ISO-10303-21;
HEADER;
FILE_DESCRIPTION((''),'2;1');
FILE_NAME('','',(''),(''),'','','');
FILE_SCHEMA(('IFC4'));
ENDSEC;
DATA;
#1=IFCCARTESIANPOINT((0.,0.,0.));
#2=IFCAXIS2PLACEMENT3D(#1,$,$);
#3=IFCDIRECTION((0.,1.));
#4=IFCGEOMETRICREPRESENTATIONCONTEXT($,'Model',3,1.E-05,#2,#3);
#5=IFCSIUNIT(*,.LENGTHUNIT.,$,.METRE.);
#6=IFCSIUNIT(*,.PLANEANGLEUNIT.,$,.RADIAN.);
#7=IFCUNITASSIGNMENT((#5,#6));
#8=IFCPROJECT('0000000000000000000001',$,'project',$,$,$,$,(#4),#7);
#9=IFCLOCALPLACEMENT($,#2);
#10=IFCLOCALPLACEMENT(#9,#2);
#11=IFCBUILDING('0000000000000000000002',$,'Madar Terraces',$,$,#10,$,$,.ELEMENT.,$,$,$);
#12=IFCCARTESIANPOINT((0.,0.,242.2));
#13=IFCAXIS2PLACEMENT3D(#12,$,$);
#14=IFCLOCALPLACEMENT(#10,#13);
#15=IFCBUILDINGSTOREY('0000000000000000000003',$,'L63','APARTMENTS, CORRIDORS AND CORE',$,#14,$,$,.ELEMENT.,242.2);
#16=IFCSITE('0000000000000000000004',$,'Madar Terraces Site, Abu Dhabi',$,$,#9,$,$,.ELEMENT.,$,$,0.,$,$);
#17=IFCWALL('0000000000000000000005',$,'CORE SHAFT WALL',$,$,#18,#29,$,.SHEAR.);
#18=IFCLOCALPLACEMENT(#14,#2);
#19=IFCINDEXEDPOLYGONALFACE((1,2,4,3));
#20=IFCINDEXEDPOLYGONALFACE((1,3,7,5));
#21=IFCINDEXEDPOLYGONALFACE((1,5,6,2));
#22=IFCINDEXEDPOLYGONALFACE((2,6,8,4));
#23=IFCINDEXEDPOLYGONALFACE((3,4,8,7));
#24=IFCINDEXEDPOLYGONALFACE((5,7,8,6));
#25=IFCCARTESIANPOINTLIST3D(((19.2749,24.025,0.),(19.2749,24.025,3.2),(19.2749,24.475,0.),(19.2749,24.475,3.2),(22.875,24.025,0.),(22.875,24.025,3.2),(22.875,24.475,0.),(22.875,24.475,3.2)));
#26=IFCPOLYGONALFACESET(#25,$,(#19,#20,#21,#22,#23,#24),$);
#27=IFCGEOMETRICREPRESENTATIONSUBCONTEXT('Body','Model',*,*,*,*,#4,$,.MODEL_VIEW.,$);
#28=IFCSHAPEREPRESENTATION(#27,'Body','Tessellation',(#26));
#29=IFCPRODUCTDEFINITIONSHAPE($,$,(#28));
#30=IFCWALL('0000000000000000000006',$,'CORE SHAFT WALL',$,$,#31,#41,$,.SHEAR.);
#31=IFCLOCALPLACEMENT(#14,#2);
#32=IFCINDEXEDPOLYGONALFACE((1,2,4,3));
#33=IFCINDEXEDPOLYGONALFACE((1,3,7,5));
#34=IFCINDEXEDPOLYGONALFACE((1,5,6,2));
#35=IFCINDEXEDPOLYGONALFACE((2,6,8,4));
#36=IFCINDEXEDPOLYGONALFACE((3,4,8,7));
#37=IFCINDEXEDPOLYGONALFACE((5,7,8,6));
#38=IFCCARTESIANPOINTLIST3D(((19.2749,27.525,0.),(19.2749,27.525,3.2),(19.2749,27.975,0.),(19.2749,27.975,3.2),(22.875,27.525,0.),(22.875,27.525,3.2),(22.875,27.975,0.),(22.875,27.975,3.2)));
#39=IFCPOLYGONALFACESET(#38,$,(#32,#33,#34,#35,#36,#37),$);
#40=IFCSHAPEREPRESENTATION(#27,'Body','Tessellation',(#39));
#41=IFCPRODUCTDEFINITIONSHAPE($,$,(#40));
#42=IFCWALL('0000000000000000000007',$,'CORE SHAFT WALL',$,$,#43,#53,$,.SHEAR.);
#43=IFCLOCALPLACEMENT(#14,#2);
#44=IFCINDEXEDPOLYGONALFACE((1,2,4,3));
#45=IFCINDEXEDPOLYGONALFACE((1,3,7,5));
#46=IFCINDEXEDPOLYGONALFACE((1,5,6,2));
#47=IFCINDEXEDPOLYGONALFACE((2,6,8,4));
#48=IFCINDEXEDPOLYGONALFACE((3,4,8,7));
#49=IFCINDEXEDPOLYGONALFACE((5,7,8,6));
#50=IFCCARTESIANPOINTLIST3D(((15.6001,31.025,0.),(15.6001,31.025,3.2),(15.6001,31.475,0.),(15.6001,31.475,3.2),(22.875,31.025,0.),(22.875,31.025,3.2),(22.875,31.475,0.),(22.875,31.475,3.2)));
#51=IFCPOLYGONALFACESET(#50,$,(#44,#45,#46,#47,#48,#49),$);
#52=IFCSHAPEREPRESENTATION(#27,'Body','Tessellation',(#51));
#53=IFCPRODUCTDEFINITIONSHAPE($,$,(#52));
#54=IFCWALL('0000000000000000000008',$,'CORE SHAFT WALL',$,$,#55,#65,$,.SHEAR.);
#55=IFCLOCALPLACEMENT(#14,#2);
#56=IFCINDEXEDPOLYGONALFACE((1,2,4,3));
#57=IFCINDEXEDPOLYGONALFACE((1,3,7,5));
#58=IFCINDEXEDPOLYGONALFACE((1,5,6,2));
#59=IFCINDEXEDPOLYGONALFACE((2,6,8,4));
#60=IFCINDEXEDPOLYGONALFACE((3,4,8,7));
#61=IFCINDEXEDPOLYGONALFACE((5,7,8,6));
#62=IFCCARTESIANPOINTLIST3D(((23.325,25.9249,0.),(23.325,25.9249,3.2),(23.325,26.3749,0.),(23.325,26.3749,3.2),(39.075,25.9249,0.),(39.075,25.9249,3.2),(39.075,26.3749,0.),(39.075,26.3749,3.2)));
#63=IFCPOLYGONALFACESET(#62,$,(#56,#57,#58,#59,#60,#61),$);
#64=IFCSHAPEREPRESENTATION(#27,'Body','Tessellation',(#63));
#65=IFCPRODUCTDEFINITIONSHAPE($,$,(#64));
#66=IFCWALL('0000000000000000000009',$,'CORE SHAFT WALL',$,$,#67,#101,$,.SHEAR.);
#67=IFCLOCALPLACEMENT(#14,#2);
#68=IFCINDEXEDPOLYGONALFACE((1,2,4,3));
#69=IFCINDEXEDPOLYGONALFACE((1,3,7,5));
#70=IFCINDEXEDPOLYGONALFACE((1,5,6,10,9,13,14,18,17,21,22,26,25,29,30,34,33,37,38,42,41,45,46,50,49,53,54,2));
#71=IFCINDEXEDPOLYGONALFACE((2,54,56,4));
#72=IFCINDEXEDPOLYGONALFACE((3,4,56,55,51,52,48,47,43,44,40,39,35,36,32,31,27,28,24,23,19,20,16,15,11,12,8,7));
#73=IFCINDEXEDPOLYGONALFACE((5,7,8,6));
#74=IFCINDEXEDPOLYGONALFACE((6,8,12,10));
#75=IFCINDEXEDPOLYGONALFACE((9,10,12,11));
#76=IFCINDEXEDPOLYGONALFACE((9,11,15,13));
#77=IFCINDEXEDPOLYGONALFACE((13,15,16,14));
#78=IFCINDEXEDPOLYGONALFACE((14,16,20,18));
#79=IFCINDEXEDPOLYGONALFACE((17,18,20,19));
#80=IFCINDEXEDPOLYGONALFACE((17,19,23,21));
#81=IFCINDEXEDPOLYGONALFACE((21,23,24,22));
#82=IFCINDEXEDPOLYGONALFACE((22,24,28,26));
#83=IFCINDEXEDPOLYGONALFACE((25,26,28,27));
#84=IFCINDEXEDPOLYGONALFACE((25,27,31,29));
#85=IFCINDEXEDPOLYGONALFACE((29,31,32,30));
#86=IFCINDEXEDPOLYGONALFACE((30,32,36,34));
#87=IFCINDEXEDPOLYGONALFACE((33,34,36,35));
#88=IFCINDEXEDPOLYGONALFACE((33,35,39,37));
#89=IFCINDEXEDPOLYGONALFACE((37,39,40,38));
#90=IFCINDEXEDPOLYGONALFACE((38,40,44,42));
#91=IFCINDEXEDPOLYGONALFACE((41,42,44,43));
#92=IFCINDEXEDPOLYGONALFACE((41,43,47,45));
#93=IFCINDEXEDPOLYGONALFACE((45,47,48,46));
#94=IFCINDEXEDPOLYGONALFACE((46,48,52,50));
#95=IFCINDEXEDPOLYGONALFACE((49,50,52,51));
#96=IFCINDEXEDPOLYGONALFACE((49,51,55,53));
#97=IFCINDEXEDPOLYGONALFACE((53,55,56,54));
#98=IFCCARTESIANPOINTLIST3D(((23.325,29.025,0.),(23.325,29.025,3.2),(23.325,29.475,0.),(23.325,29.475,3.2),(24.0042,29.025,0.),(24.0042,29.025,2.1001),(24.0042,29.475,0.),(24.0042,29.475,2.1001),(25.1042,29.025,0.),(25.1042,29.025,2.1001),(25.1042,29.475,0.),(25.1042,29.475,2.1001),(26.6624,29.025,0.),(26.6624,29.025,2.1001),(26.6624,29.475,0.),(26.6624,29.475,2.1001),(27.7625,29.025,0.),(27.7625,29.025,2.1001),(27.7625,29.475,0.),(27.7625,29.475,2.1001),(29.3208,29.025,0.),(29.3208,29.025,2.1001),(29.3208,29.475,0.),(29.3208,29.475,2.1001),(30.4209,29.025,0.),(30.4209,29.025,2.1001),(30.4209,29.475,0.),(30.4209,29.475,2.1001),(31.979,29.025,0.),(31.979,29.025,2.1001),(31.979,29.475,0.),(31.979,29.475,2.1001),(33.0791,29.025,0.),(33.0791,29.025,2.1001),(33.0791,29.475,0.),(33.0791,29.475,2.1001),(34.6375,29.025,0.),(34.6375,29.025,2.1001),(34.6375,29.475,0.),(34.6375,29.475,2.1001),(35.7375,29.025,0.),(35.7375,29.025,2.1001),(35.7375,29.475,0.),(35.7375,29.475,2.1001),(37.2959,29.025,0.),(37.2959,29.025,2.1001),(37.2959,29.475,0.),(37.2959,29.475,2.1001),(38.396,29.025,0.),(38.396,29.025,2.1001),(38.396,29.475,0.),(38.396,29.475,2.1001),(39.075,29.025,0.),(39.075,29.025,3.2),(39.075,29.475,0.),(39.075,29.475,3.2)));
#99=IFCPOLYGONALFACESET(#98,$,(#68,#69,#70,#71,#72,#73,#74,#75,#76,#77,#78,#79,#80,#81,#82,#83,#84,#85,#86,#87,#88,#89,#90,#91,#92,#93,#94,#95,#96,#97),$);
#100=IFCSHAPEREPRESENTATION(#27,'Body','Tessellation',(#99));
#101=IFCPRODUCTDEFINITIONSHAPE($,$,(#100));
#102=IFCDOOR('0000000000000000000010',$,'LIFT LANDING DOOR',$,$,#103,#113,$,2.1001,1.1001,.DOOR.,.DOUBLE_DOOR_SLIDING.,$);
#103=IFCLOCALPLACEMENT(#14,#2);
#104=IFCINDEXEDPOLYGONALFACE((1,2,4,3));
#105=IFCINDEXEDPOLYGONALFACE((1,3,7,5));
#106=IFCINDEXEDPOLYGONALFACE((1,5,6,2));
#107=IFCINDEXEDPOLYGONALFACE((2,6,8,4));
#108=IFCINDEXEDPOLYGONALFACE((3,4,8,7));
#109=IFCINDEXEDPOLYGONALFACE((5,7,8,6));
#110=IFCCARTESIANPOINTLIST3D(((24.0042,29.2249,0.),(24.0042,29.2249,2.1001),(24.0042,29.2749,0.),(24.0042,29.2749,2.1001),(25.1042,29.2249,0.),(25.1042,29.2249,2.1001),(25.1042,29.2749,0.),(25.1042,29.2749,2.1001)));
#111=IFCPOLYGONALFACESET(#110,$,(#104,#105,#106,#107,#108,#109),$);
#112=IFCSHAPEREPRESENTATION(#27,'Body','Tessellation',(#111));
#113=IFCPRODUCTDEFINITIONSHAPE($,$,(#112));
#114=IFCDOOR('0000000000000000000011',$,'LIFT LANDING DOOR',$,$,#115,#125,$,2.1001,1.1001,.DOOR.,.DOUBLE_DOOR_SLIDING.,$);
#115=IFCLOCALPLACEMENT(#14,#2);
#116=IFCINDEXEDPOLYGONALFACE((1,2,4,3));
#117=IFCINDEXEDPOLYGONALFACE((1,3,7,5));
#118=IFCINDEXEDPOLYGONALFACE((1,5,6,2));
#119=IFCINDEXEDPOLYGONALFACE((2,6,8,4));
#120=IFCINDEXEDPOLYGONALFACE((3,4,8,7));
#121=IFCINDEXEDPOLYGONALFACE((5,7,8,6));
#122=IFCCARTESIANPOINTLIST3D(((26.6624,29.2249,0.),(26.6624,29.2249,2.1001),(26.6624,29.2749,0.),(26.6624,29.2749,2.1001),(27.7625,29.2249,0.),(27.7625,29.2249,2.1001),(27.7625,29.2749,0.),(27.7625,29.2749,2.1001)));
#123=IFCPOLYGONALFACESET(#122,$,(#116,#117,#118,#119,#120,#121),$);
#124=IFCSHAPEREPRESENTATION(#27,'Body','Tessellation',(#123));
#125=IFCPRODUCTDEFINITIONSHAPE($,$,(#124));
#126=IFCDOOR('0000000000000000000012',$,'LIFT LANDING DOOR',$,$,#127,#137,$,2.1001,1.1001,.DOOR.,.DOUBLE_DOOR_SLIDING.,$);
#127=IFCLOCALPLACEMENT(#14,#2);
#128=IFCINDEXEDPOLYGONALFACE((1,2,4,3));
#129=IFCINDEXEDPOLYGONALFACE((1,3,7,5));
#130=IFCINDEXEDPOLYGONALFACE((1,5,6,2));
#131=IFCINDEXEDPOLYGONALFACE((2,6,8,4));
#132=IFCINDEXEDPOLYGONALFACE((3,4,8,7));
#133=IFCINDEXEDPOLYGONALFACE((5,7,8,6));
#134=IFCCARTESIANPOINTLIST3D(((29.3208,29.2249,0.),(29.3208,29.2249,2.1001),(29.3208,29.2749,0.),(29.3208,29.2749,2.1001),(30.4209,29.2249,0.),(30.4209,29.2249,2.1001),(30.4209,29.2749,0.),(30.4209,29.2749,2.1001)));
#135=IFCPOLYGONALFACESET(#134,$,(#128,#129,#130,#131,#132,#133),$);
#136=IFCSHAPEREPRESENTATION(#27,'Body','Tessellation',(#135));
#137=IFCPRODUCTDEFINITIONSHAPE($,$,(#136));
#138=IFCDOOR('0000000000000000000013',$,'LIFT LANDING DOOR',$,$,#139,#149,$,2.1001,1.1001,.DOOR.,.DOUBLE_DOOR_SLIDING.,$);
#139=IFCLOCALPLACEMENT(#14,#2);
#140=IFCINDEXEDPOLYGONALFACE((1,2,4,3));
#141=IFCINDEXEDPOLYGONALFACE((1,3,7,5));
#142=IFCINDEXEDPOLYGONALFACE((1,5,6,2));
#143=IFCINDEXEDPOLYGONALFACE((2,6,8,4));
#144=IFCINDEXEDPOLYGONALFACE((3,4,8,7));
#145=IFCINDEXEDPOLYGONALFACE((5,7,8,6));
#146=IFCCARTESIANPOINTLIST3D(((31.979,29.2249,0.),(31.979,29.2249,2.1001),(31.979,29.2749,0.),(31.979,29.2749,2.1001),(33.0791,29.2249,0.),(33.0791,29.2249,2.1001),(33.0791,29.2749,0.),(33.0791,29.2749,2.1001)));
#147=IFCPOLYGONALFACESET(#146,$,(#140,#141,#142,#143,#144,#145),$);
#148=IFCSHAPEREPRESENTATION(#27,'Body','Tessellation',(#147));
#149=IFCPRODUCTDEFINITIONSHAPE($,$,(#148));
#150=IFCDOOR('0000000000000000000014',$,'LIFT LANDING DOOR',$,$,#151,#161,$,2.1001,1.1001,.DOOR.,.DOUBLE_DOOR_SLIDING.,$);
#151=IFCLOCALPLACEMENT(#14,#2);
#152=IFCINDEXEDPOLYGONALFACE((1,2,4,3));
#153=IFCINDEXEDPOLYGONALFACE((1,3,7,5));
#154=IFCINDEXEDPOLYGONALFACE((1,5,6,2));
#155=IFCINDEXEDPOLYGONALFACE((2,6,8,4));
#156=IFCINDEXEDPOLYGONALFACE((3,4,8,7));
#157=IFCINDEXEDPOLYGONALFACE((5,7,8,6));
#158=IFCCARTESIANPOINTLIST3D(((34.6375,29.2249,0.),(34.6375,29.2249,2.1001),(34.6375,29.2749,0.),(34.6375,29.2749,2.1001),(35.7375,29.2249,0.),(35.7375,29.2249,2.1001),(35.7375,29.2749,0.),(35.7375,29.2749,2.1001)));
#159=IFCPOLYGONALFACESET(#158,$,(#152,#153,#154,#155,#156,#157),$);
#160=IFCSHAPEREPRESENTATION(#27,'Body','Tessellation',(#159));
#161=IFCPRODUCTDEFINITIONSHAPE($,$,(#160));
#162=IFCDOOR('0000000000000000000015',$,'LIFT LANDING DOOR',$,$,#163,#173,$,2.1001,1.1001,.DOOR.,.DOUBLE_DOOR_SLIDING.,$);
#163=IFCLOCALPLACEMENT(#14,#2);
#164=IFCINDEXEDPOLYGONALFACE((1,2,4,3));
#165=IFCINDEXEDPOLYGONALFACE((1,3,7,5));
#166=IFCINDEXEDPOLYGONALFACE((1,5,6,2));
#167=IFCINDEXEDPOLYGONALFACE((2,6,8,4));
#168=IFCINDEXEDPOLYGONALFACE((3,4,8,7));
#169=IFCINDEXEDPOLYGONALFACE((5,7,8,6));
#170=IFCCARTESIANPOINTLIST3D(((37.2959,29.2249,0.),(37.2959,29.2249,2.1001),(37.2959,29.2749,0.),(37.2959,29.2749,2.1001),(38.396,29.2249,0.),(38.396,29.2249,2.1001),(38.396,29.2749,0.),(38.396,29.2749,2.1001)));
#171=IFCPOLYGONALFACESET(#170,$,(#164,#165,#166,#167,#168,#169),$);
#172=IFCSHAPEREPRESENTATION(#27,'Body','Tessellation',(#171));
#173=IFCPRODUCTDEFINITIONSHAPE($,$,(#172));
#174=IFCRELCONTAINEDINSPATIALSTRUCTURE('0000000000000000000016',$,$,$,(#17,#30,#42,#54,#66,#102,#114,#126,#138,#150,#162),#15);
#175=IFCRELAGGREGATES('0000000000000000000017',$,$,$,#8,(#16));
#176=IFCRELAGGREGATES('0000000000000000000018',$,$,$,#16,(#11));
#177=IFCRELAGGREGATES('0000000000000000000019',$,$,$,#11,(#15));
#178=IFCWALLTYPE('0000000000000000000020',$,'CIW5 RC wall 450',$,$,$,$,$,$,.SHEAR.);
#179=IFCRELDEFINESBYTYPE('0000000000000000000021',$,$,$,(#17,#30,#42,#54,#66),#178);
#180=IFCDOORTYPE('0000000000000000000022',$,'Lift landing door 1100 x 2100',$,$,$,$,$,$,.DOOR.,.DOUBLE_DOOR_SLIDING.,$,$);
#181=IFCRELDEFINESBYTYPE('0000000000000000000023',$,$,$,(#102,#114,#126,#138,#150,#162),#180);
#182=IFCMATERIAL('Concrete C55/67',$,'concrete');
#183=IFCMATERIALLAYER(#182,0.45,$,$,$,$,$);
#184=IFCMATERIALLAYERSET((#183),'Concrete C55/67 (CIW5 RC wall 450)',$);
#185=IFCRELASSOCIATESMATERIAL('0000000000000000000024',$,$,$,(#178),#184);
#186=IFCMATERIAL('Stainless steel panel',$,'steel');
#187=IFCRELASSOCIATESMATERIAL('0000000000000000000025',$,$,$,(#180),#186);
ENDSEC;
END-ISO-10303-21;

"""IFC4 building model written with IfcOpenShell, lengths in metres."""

from ifc_helpers import new_model, si_unit, direction, frame, frame_2d, origin, place, context, subcontext, project, spatial, rectangle, extrude, material, layer, layer_set, type_object, element, fill, save


model = new_model("IFC4")

# Units and contexts
model_context = context("Model", 3, precision=1e-05, world=origin(), true_north=direction((0.0, 1.0)))
body_context = subcontext(model_context, "Body", "Model", "MODEL_VIEW")
ifc_project = project(units=[si_unit("LENGTHUNIT", "METRE"), si_unit("PLANEANGLEUNIT", "RADIAN")], contexts=[model_context])

# Site, building, storey
site_placement = place(None, origin())
site = spatial("IfcSite", under=ifc_project, at=site_placement, Name="Madar Terraces Site, Abu Dhabi", CompositionType="ELEMENT", RefElevation=0.0)
building_placement = place(site_placement, origin())
building = spatial("IfcBuilding", under=site, at=building_placement, Name="Madar Terraces", CompositionType="ELEMENT")
storey_placement = place(building_placement, frame((0.0, 0.0, 242.2)))
storey = spatial("IfcBuildingStorey", under=building, at=storey_placement, Name="L63", Description="APARTMENTS, CORRIDORS AND CORE", CompositionType="ELEMENT", Elevation=242.2)

# Walls
ifc_material_1 = material(Name="Concrete C55/67", Category="concrete")
ifc_layer_1 = layer(ifc_material_1, 0.45)
ifc_layer_set_1 = layer_set([ifc_layer_1], Name="Concrete C55/67 (CIW5 RC wall 450)")
wall_type_1 = type_object("IfcWallType", Name="CIW5 RC wall 450", PredefinedType="SHEAR", material=ifc_layer_set_1)
for number, where, z_axis, x_axis, name in (
    (1, (19.2749, 24.25, 0.0), (0.0, 0.0, 1.0), (1.0, 0.0, 0.0), "CORE SHAFT WALL"),
    (2, (19.2749, 27.75, 0.0), (0.0, 0.0, 1.0), (1.0, 0.0, 0.0), "CORE SHAFT WALL"),
):
    element("IfcWall", number, at=place(storey_placement, frame(where, z_axis=z_axis, x_axis=x_axis)), inside=storey, type_object=wall_type_1, Name=name, PredefinedType="SHEAR", context=body_context, shape_type="SweptSolid", body=[
        extrude(rectangle(XDim=3.6001, YDim=0.45, at=frame_2d((1.8, 0.0))), origin(), (0.0, 0.0, 1.0), 3.2),
    ])
wall_1_placement = place(storey_placement, frame((15.6001, 31.25, 0.0), z_axis=(0.0, 0.0, 1.0), x_axis=(1.0, 0.0, 0.0)))
element("IfcWall", 3, at=wall_1_placement, inside=storey, type_object=wall_type_1, Name="CORE SHAFT WALL", PredefinedType="SHEAR", context=body_context, shape_type="SweptSolid", body=[
    extrude(rectangle(XDim=7.2749, YDim=0.45, at=frame_2d((3.6375, 0.0))), origin(), (0.0, 0.0, 1.0), 3.2),
])
wall_2_placement = place(storey_placement, frame((23.325, 26.1499, 0.0), z_axis=(0.0, 0.0, 1.0), x_axis=(1.0, 0.0, 0.0)))
element("IfcWall", 4, at=wall_2_placement, inside=storey, type_object=wall_type_1, Name="CORE SHAFT WALL", PredefinedType="SHEAR", context=body_context, shape_type="SweptSolid", body=[
    extrude(rectangle(XDim=15.75, YDim=0.45, at=frame_2d((7.875, 0.0))), origin(), (0.0, 0.0, 1.0), 3.2),
])

# Wall, openings, doors
wall_3_placement = place(storey_placement, frame((23.325, 29.25, 0.0), z_axis=(0.0, 0.0, 1.0), x_axis=(1.0, 0.0, 0.0)))
wall_3 = element("IfcWall", 5, at=wall_3_placement, inside=storey, type_object=wall_type_1, Name="CORE SHAFT WALL", PredefinedType="SHEAR", context=body_context, shape_type="SweptSolid", body=[
    extrude(rectangle(XDim=15.75, YDim=0.45, at=frame_2d((7.875, 0.0))), origin(), (0.0, 0.0, 1.0), 3.2),
])
opening_1_placement = place(wall_3_placement, frame((0.6792, 0.0, 0.0)))
opening_1 = element("IfcOpeningElement", 6, at=opening_1_placement, cuts=wall_3, PredefinedType="OPENING", context=body_context, shape_type="SweptSolid", body=[
    extrude(rectangle(XDim=1.1001, YDim=2.1001, at=frame_2d((0.55, 1.05))), frame((0.0, 0.2349, 0.0), z_axis=(0.0, -1.0, 0.0), x_axis=(1.0, 0.0, 0.0)), (0.0, 0.0, 1.0), 0.47),
])
opening_2_placement = place(wall_3_placement, frame((3.3374, 0.0, 0.0)))
opening_2 = element("IfcOpeningElement", 7, at=opening_2_placement, cuts=wall_3, PredefinedType="OPENING", context=body_context, shape_type="SweptSolid", body=[
    extrude(rectangle(XDim=1.1001, YDim=2.1001, at=frame_2d((0.55, 1.05))), frame((0.0, 0.2349, 0.0), z_axis=(0.0, -1.0, 0.0), x_axis=(1.0, 0.0, 0.0)), (0.0, 0.0, 1.0), 0.47),
])
opening_3_placement = place(wall_3_placement, frame((5.9958, 0.0, 0.0)))
opening_3 = element("IfcOpeningElement", 8, at=opening_3_placement, cuts=wall_3, PredefinedType="OPENING", context=body_context, shape_type="SweptSolid", body=[
    extrude(rectangle(XDim=1.1001, YDim=2.1001, at=frame_2d((0.55, 1.05))), frame((0.0, 0.2349, 0.0), z_axis=(0.0, -1.0, 0.0), x_axis=(1.0, 0.0, 0.0)), (0.0, 0.0, 1.0), 0.47),
])
opening_4_placement = place(wall_3_placement, frame((8.6541, 0.0, 0.0)))
opening_4 = element("IfcOpeningElement", 9, at=opening_4_placement, cuts=wall_3, PredefinedType="OPENING", context=body_context, shape_type="SweptSolid", body=[
    extrude(rectangle(XDim=1.1001, YDim=2.1001, at=frame_2d((0.55, 1.05))), frame((0.0, 0.2349, 0.0), z_axis=(0.0, -1.0, 0.0), x_axis=(1.0, 0.0, 0.0)), (0.0, 0.0, 1.0), 0.47),
])
opening_5_placement = place(wall_3_placement, frame((11.3125, 0.0, 0.0)))
opening_5 = element("IfcOpeningElement", 10, at=opening_5_placement, cuts=wall_3, PredefinedType="OPENING", context=body_context, shape_type="SweptSolid", body=[
    extrude(rectangle(XDim=1.1001, YDim=2.1001, at=frame_2d((0.55, 1.05))), frame((0.0, 0.2349, 0.0), z_axis=(0.0, -1.0, 0.0), x_axis=(1.0, 0.0, 0.0)), (0.0, 0.0, 1.0), 0.47),
])
opening_6_placement = place(wall_3_placement, frame((13.9709, 0.0, 0.0)))
opening_6 = element("IfcOpeningElement", 11, at=opening_6_placement, cuts=wall_3, PredefinedType="OPENING", context=body_context, shape_type="SweptSolid", body=[
    extrude(rectangle(XDim=1.1001, YDim=2.1001, at=frame_2d((0.55, 1.05))), frame((0.0, 0.2349, 0.0), z_axis=(0.0, -1.0, 0.0), x_axis=(1.0, 0.0, 0.0)), (0.0, 0.0, 1.0), 0.47),
])
ifc_material_2 = material(Name="Stainless steel panel", Category="steel")
door_type_1 = type_object("IfcDoorType", Name="Lift landing door 1100 x 2100", OperationType="DOUBLE_DOOR_SLIDING", PredefinedType="DOOR", material=ifc_material_2)
door_1_placement = place(opening_1_placement, origin())
door_1 = element("IfcDoor", 12, at=door_1_placement, inside=storey, type_object=door_type_1, Name="LIFT LANDING DOOR", OperationType="DOUBLE_DOOR_SLIDING", OverallHeight=2.1001, OverallWidth=1.1001, PredefinedType="DOOR", context=body_context, shape_type="SweptSolid", body=[
    extrude(rectangle(XDim=1.1001, YDim=2.1001, at=frame_2d((0.55, 1.05))), frame((0.0, 0.0249, 0.0), z_axis=(0.0, -1.0, 0.0), x_axis=(1.0, 0.0, 0.0)), (0.0, 0.0, 1.0), 0.05),
])
fill(opening_1, door_1)
door_2_placement = place(opening_2_placement, origin())
door_2 = element("IfcDoor", 13, at=door_2_placement, inside=storey, type_object=door_type_1, Name="LIFT LANDING DOOR", OperationType="DOUBLE_DOOR_SLIDING", OverallHeight=2.1001, OverallWidth=1.1001, PredefinedType="DOOR", context=body_context, shape_type="SweptSolid", body=[
    extrude(rectangle(XDim=1.1001, YDim=2.1001, at=frame_2d((0.55, 1.05))), frame((0.0, 0.0249, 0.0), z_axis=(0.0, -1.0, 0.0), x_axis=(1.0, 0.0, 0.0)), (0.0, 0.0, 1.0), 0.05),
])
fill(opening_2, door_2)
door_3_placement = place(opening_3_placement, origin())
door_3 = element("IfcDoor", 14, at=door_3_placement, inside=storey, type_object=door_type_1, Name="LIFT LANDING DOOR", OperationType="DOUBLE_DOOR_SLIDING", OverallHeight=2.1001, OverallWidth=1.1001, PredefinedType="DOOR", context=body_context, shape_type="SweptSolid", body=[
    extrude(rectangle(XDim=1.1001, YDim=2.1001, at=frame_2d((0.55, 1.05))), frame((0.0, 0.0249, 0.0), z_axis=(0.0, -1.0, 0.0), x_axis=(1.0, 0.0, 0.0)), (0.0, 0.0, 1.0), 0.05),
])
fill(opening_3, door_3)
door_4_placement = place(opening_4_placement, origin())
door_4 = element("IfcDoor", 15, at=door_4_placement, inside=storey, type_object=door_type_1, Name="LIFT LANDING DOOR", OperationType="DOUBLE_DOOR_SLIDING", OverallHeight=2.1001, OverallWidth=1.1001, PredefinedType="DOOR", context=body_context, shape_type="SweptSolid", body=[
    extrude(rectangle(XDim=1.1001, YDim=2.1001, at=frame_2d((0.55, 1.05))), frame((0.0, 0.0249, 0.0), z_axis=(0.0, -1.0, 0.0), x_axis=(1.0, 0.0, 0.0)), (0.0, 0.0, 1.0), 0.05),
])
fill(opening_4, door_4)
door_5_placement = place(opening_5_placement, origin())
door_5 = element("IfcDoor", 16, at=door_5_placement, inside=storey, type_object=door_type_1, Name="LIFT LANDING DOOR", OperationType="DOUBLE_DOOR_SLIDING", OverallHeight=2.1001, OverallWidth=1.1001, PredefinedType="DOOR", context=body_context, shape_type="SweptSolid", body=[
    extrude(rectangle(XDim=1.1001, YDim=2.1001, at=frame_2d((0.55, 1.05))), frame((0.0, 0.0249, 0.0), z_axis=(0.0, -1.0, 0.0), x_axis=(1.0, 0.0, 0.0)), (0.0, 0.0, 1.0), 0.05),
])
fill(opening_5, door_5)
door_6_placement = place(opening_6_placement, origin())
door_6 = element("IfcDoor", 17, at=door_6_placement, inside=storey, type_object=door_type_1, Name="LIFT LANDING DOOR", OperationType="DOUBLE_DOOR_SLIDING", OverallHeight=2.1001, OverallWidth=1.1001, PredefinedType="DOOR", context=body_context, shape_type="SweptSolid", body=[
    extrude(rectangle(XDim=1.1001, YDim=2.1001, at=frame_2d((0.55, 1.05))), frame((0.0, 0.0249, 0.0), z_axis=(0.0, -1.0, 0.0), x_axis=(1.0, 0.0, 0.0)), (0.0, 0.0, 1.0), 0.05),
])
fill(opening_6, door_6)

save(model, "model.ifc")
